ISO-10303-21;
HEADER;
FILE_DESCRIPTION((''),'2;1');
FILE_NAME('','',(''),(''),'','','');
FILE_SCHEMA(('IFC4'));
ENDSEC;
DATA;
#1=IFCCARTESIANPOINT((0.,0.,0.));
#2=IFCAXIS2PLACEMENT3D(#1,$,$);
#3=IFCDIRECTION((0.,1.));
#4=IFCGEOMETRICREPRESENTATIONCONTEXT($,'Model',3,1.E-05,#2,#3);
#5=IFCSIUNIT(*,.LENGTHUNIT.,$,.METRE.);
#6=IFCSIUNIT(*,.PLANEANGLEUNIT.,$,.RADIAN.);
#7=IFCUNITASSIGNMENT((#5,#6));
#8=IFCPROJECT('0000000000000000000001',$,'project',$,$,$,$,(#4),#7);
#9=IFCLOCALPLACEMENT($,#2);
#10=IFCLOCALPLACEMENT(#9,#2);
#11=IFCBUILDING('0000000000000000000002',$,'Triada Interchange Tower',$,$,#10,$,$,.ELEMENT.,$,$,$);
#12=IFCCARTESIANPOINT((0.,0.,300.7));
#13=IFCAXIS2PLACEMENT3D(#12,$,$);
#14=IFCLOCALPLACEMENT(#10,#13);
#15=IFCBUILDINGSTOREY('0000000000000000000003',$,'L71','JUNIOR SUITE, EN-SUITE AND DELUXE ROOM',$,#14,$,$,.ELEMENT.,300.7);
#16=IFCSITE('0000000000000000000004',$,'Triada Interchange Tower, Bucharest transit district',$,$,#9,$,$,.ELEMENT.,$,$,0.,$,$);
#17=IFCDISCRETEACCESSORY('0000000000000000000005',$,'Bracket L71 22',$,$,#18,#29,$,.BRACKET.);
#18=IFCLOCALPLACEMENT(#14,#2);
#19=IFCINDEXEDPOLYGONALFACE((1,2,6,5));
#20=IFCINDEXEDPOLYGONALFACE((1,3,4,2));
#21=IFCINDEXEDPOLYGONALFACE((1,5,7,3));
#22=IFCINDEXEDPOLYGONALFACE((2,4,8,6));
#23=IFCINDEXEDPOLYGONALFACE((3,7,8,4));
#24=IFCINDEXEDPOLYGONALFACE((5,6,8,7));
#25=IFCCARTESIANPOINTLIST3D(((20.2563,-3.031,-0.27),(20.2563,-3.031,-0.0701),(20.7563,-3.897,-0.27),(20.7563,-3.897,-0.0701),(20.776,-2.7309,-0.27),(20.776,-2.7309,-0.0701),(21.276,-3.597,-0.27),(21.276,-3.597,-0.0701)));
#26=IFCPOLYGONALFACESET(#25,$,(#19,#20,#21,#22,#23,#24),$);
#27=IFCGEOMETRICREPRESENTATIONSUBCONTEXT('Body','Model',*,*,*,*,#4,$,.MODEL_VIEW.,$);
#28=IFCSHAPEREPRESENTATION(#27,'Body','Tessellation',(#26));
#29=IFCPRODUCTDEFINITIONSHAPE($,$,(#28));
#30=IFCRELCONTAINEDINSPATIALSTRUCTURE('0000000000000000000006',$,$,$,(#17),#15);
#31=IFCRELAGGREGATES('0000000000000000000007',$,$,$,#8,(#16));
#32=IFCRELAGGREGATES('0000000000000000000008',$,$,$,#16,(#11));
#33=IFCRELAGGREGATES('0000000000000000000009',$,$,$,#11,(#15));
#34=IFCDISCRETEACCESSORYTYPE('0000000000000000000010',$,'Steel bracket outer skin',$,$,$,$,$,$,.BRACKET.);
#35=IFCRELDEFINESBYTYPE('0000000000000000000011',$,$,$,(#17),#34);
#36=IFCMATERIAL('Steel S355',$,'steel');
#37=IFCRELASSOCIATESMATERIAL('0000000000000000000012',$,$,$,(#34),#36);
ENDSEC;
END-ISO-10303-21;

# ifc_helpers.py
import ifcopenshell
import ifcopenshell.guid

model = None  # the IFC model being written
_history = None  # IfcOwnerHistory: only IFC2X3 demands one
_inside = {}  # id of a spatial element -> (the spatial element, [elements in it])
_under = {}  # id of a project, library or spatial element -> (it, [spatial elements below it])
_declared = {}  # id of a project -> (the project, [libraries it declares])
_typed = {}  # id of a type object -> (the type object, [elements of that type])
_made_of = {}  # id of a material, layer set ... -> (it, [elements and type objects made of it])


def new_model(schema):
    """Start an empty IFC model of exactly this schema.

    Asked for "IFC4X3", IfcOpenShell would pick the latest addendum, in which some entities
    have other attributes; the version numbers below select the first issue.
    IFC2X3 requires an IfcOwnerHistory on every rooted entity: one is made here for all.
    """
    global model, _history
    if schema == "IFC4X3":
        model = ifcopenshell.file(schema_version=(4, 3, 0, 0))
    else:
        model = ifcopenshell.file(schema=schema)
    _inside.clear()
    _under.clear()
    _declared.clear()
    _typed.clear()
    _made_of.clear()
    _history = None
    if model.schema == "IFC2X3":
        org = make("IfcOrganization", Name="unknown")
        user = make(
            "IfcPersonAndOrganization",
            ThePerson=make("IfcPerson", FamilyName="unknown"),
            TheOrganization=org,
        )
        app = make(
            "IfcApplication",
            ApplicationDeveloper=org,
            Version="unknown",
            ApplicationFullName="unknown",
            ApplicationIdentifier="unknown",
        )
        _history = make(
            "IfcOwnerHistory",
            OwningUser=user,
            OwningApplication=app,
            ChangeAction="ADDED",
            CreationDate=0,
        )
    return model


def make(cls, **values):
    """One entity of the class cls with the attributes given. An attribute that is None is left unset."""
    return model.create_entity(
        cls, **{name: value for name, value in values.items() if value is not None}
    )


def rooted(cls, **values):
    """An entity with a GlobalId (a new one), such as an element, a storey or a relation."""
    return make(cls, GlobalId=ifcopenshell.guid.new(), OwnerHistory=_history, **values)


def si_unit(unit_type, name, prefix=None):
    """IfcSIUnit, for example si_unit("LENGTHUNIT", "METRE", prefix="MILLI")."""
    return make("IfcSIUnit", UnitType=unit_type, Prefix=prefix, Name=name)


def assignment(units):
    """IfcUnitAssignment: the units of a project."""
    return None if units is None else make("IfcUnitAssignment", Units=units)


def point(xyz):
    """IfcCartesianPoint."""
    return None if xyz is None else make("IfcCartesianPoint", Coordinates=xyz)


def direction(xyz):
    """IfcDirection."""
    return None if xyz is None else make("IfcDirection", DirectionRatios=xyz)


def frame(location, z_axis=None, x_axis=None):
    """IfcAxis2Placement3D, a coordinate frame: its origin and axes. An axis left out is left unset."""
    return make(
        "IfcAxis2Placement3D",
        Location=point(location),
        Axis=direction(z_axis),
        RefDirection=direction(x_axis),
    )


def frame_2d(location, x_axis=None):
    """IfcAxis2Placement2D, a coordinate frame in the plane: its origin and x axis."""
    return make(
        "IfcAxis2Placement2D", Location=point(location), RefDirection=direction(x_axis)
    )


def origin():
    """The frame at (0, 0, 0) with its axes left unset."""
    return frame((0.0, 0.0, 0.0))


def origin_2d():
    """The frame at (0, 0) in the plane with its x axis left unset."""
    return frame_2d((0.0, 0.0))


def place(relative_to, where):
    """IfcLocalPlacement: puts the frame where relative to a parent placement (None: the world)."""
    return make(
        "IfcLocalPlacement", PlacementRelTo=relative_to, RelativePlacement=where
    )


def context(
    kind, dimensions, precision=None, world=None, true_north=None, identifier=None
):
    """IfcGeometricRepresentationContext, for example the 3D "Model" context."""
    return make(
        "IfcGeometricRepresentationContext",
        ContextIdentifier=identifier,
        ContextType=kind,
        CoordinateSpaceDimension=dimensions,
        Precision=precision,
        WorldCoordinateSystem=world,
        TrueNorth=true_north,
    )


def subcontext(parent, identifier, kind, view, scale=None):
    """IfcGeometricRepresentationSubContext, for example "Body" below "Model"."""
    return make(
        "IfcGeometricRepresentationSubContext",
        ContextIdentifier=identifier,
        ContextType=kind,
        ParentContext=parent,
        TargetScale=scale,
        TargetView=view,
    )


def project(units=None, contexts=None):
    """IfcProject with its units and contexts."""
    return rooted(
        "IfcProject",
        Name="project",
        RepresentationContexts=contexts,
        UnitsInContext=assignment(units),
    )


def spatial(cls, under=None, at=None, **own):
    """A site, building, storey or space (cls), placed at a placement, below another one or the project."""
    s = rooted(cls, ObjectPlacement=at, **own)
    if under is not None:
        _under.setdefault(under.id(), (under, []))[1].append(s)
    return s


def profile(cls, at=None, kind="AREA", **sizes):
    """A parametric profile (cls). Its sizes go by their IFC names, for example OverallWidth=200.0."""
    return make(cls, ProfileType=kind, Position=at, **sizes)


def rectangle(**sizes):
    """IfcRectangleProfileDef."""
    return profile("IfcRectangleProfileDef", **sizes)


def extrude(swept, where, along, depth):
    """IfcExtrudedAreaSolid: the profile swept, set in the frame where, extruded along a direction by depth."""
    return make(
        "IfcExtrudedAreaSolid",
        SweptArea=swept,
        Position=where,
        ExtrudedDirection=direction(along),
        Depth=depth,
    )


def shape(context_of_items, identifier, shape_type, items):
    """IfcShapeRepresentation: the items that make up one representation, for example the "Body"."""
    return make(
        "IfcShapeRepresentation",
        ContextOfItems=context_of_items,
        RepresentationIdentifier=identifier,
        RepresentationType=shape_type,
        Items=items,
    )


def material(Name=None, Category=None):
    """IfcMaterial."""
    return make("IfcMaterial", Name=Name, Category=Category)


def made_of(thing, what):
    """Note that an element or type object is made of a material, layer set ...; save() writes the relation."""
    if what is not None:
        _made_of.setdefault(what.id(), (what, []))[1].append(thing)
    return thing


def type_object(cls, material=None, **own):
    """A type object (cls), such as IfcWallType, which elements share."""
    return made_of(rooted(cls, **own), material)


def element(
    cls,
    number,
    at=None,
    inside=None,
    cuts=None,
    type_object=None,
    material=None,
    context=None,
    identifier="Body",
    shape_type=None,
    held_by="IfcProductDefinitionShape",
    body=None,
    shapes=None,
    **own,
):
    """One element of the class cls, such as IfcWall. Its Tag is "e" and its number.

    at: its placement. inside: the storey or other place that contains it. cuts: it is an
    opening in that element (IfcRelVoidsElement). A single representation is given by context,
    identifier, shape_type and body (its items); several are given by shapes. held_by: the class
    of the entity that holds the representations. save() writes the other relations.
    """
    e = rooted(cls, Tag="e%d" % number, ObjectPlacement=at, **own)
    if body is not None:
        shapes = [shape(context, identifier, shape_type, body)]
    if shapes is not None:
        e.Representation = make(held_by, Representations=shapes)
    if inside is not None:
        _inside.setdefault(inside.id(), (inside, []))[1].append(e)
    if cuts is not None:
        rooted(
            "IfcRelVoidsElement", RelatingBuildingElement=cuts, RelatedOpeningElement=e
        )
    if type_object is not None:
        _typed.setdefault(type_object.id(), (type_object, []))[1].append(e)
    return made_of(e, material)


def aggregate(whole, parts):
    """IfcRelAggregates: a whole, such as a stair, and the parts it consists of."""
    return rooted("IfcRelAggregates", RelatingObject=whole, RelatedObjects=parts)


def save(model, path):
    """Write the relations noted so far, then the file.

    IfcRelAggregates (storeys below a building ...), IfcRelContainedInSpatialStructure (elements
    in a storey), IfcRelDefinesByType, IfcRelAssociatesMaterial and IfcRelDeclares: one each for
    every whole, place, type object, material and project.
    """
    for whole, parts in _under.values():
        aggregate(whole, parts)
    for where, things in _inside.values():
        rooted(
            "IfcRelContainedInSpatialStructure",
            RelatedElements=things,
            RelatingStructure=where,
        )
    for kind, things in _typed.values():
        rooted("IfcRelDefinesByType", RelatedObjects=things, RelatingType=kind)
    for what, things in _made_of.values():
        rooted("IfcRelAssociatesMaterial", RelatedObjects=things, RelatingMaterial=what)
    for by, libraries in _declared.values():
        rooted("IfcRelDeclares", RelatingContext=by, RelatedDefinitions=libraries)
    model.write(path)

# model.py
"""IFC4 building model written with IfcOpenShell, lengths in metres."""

from ifc_helpers import new_model, si_unit, direction, frame, origin, origin_2d, place, context, subcontext, project, spatial, rectangle, extrude, material, type_object, element, save


model = new_model("IFC4")

# Units and contexts
model_context = context("Model", 3, precision=1e-05, world=origin(), true_north=direction((0.0, 1.0)))
body_context = subcontext(model_context, "Body", "Model", "MODEL_VIEW")
ifc_project = project(units=[si_unit("LENGTHUNIT", "METRE"), si_unit("PLANEANGLEUNIT", "RADIAN")], contexts=[model_context])

# Site, building, storey
site_placement = place(None, origin())
site = spatial("IfcSite", under=ifc_project, at=site_placement, Name="Triada Interchange Tower, Bucharest transit district", CompositionType="ELEMENT", RefElevation=0.0)
building_placement = place(site_placement, origin())
building = spatial("IfcBuilding", under=site, at=building_placement, Name="Triada Interchange Tower", CompositionType="ELEMENT")
storey_placement = place(building_placement, frame((0.0, 0.0, 300.7)))
storey = spatial("IfcBuildingStorey", under=building, at=storey_placement, Name="L71", Description="JUNIOR SUITE, EN-SUITE AND DELUXE ROOM", CompositionType="ELEMENT", Elevation=300.7)

# Discrete accessory
ifc_material_1 = material(Name="Steel S355", Category="steel")
discrete_accessory_type = type_object("IfcDiscreteAccessoryType", Name="Steel bracket outer skin", PredefinedType="BRACKET", material=ifc_material_1)
for number, where, z_axis, x_axis, name in (
    (1, (20.7661, -3.314, -0.27), (0.0, 0.0, 1.0), (0.866027, 0.499997, 0.0), "Bracket L71 22"),
):
    element("IfcDiscreteAccessory", number, at=place(storey_placement, frame(where, z_axis=z_axis, x_axis=x_axis)), inside=storey, type_object=discrete_accessory_type, Name=name, PredefinedType="BRACKET", context=body_context, shape_type="SweptSolid", body=[
        extrude(rectangle(XDim=0.6001, YDim=1.0, at=origin_2d()), origin(), (0.0, 0.0, 1.0), 0.2),
    ])

save(model, "model.ifc")
